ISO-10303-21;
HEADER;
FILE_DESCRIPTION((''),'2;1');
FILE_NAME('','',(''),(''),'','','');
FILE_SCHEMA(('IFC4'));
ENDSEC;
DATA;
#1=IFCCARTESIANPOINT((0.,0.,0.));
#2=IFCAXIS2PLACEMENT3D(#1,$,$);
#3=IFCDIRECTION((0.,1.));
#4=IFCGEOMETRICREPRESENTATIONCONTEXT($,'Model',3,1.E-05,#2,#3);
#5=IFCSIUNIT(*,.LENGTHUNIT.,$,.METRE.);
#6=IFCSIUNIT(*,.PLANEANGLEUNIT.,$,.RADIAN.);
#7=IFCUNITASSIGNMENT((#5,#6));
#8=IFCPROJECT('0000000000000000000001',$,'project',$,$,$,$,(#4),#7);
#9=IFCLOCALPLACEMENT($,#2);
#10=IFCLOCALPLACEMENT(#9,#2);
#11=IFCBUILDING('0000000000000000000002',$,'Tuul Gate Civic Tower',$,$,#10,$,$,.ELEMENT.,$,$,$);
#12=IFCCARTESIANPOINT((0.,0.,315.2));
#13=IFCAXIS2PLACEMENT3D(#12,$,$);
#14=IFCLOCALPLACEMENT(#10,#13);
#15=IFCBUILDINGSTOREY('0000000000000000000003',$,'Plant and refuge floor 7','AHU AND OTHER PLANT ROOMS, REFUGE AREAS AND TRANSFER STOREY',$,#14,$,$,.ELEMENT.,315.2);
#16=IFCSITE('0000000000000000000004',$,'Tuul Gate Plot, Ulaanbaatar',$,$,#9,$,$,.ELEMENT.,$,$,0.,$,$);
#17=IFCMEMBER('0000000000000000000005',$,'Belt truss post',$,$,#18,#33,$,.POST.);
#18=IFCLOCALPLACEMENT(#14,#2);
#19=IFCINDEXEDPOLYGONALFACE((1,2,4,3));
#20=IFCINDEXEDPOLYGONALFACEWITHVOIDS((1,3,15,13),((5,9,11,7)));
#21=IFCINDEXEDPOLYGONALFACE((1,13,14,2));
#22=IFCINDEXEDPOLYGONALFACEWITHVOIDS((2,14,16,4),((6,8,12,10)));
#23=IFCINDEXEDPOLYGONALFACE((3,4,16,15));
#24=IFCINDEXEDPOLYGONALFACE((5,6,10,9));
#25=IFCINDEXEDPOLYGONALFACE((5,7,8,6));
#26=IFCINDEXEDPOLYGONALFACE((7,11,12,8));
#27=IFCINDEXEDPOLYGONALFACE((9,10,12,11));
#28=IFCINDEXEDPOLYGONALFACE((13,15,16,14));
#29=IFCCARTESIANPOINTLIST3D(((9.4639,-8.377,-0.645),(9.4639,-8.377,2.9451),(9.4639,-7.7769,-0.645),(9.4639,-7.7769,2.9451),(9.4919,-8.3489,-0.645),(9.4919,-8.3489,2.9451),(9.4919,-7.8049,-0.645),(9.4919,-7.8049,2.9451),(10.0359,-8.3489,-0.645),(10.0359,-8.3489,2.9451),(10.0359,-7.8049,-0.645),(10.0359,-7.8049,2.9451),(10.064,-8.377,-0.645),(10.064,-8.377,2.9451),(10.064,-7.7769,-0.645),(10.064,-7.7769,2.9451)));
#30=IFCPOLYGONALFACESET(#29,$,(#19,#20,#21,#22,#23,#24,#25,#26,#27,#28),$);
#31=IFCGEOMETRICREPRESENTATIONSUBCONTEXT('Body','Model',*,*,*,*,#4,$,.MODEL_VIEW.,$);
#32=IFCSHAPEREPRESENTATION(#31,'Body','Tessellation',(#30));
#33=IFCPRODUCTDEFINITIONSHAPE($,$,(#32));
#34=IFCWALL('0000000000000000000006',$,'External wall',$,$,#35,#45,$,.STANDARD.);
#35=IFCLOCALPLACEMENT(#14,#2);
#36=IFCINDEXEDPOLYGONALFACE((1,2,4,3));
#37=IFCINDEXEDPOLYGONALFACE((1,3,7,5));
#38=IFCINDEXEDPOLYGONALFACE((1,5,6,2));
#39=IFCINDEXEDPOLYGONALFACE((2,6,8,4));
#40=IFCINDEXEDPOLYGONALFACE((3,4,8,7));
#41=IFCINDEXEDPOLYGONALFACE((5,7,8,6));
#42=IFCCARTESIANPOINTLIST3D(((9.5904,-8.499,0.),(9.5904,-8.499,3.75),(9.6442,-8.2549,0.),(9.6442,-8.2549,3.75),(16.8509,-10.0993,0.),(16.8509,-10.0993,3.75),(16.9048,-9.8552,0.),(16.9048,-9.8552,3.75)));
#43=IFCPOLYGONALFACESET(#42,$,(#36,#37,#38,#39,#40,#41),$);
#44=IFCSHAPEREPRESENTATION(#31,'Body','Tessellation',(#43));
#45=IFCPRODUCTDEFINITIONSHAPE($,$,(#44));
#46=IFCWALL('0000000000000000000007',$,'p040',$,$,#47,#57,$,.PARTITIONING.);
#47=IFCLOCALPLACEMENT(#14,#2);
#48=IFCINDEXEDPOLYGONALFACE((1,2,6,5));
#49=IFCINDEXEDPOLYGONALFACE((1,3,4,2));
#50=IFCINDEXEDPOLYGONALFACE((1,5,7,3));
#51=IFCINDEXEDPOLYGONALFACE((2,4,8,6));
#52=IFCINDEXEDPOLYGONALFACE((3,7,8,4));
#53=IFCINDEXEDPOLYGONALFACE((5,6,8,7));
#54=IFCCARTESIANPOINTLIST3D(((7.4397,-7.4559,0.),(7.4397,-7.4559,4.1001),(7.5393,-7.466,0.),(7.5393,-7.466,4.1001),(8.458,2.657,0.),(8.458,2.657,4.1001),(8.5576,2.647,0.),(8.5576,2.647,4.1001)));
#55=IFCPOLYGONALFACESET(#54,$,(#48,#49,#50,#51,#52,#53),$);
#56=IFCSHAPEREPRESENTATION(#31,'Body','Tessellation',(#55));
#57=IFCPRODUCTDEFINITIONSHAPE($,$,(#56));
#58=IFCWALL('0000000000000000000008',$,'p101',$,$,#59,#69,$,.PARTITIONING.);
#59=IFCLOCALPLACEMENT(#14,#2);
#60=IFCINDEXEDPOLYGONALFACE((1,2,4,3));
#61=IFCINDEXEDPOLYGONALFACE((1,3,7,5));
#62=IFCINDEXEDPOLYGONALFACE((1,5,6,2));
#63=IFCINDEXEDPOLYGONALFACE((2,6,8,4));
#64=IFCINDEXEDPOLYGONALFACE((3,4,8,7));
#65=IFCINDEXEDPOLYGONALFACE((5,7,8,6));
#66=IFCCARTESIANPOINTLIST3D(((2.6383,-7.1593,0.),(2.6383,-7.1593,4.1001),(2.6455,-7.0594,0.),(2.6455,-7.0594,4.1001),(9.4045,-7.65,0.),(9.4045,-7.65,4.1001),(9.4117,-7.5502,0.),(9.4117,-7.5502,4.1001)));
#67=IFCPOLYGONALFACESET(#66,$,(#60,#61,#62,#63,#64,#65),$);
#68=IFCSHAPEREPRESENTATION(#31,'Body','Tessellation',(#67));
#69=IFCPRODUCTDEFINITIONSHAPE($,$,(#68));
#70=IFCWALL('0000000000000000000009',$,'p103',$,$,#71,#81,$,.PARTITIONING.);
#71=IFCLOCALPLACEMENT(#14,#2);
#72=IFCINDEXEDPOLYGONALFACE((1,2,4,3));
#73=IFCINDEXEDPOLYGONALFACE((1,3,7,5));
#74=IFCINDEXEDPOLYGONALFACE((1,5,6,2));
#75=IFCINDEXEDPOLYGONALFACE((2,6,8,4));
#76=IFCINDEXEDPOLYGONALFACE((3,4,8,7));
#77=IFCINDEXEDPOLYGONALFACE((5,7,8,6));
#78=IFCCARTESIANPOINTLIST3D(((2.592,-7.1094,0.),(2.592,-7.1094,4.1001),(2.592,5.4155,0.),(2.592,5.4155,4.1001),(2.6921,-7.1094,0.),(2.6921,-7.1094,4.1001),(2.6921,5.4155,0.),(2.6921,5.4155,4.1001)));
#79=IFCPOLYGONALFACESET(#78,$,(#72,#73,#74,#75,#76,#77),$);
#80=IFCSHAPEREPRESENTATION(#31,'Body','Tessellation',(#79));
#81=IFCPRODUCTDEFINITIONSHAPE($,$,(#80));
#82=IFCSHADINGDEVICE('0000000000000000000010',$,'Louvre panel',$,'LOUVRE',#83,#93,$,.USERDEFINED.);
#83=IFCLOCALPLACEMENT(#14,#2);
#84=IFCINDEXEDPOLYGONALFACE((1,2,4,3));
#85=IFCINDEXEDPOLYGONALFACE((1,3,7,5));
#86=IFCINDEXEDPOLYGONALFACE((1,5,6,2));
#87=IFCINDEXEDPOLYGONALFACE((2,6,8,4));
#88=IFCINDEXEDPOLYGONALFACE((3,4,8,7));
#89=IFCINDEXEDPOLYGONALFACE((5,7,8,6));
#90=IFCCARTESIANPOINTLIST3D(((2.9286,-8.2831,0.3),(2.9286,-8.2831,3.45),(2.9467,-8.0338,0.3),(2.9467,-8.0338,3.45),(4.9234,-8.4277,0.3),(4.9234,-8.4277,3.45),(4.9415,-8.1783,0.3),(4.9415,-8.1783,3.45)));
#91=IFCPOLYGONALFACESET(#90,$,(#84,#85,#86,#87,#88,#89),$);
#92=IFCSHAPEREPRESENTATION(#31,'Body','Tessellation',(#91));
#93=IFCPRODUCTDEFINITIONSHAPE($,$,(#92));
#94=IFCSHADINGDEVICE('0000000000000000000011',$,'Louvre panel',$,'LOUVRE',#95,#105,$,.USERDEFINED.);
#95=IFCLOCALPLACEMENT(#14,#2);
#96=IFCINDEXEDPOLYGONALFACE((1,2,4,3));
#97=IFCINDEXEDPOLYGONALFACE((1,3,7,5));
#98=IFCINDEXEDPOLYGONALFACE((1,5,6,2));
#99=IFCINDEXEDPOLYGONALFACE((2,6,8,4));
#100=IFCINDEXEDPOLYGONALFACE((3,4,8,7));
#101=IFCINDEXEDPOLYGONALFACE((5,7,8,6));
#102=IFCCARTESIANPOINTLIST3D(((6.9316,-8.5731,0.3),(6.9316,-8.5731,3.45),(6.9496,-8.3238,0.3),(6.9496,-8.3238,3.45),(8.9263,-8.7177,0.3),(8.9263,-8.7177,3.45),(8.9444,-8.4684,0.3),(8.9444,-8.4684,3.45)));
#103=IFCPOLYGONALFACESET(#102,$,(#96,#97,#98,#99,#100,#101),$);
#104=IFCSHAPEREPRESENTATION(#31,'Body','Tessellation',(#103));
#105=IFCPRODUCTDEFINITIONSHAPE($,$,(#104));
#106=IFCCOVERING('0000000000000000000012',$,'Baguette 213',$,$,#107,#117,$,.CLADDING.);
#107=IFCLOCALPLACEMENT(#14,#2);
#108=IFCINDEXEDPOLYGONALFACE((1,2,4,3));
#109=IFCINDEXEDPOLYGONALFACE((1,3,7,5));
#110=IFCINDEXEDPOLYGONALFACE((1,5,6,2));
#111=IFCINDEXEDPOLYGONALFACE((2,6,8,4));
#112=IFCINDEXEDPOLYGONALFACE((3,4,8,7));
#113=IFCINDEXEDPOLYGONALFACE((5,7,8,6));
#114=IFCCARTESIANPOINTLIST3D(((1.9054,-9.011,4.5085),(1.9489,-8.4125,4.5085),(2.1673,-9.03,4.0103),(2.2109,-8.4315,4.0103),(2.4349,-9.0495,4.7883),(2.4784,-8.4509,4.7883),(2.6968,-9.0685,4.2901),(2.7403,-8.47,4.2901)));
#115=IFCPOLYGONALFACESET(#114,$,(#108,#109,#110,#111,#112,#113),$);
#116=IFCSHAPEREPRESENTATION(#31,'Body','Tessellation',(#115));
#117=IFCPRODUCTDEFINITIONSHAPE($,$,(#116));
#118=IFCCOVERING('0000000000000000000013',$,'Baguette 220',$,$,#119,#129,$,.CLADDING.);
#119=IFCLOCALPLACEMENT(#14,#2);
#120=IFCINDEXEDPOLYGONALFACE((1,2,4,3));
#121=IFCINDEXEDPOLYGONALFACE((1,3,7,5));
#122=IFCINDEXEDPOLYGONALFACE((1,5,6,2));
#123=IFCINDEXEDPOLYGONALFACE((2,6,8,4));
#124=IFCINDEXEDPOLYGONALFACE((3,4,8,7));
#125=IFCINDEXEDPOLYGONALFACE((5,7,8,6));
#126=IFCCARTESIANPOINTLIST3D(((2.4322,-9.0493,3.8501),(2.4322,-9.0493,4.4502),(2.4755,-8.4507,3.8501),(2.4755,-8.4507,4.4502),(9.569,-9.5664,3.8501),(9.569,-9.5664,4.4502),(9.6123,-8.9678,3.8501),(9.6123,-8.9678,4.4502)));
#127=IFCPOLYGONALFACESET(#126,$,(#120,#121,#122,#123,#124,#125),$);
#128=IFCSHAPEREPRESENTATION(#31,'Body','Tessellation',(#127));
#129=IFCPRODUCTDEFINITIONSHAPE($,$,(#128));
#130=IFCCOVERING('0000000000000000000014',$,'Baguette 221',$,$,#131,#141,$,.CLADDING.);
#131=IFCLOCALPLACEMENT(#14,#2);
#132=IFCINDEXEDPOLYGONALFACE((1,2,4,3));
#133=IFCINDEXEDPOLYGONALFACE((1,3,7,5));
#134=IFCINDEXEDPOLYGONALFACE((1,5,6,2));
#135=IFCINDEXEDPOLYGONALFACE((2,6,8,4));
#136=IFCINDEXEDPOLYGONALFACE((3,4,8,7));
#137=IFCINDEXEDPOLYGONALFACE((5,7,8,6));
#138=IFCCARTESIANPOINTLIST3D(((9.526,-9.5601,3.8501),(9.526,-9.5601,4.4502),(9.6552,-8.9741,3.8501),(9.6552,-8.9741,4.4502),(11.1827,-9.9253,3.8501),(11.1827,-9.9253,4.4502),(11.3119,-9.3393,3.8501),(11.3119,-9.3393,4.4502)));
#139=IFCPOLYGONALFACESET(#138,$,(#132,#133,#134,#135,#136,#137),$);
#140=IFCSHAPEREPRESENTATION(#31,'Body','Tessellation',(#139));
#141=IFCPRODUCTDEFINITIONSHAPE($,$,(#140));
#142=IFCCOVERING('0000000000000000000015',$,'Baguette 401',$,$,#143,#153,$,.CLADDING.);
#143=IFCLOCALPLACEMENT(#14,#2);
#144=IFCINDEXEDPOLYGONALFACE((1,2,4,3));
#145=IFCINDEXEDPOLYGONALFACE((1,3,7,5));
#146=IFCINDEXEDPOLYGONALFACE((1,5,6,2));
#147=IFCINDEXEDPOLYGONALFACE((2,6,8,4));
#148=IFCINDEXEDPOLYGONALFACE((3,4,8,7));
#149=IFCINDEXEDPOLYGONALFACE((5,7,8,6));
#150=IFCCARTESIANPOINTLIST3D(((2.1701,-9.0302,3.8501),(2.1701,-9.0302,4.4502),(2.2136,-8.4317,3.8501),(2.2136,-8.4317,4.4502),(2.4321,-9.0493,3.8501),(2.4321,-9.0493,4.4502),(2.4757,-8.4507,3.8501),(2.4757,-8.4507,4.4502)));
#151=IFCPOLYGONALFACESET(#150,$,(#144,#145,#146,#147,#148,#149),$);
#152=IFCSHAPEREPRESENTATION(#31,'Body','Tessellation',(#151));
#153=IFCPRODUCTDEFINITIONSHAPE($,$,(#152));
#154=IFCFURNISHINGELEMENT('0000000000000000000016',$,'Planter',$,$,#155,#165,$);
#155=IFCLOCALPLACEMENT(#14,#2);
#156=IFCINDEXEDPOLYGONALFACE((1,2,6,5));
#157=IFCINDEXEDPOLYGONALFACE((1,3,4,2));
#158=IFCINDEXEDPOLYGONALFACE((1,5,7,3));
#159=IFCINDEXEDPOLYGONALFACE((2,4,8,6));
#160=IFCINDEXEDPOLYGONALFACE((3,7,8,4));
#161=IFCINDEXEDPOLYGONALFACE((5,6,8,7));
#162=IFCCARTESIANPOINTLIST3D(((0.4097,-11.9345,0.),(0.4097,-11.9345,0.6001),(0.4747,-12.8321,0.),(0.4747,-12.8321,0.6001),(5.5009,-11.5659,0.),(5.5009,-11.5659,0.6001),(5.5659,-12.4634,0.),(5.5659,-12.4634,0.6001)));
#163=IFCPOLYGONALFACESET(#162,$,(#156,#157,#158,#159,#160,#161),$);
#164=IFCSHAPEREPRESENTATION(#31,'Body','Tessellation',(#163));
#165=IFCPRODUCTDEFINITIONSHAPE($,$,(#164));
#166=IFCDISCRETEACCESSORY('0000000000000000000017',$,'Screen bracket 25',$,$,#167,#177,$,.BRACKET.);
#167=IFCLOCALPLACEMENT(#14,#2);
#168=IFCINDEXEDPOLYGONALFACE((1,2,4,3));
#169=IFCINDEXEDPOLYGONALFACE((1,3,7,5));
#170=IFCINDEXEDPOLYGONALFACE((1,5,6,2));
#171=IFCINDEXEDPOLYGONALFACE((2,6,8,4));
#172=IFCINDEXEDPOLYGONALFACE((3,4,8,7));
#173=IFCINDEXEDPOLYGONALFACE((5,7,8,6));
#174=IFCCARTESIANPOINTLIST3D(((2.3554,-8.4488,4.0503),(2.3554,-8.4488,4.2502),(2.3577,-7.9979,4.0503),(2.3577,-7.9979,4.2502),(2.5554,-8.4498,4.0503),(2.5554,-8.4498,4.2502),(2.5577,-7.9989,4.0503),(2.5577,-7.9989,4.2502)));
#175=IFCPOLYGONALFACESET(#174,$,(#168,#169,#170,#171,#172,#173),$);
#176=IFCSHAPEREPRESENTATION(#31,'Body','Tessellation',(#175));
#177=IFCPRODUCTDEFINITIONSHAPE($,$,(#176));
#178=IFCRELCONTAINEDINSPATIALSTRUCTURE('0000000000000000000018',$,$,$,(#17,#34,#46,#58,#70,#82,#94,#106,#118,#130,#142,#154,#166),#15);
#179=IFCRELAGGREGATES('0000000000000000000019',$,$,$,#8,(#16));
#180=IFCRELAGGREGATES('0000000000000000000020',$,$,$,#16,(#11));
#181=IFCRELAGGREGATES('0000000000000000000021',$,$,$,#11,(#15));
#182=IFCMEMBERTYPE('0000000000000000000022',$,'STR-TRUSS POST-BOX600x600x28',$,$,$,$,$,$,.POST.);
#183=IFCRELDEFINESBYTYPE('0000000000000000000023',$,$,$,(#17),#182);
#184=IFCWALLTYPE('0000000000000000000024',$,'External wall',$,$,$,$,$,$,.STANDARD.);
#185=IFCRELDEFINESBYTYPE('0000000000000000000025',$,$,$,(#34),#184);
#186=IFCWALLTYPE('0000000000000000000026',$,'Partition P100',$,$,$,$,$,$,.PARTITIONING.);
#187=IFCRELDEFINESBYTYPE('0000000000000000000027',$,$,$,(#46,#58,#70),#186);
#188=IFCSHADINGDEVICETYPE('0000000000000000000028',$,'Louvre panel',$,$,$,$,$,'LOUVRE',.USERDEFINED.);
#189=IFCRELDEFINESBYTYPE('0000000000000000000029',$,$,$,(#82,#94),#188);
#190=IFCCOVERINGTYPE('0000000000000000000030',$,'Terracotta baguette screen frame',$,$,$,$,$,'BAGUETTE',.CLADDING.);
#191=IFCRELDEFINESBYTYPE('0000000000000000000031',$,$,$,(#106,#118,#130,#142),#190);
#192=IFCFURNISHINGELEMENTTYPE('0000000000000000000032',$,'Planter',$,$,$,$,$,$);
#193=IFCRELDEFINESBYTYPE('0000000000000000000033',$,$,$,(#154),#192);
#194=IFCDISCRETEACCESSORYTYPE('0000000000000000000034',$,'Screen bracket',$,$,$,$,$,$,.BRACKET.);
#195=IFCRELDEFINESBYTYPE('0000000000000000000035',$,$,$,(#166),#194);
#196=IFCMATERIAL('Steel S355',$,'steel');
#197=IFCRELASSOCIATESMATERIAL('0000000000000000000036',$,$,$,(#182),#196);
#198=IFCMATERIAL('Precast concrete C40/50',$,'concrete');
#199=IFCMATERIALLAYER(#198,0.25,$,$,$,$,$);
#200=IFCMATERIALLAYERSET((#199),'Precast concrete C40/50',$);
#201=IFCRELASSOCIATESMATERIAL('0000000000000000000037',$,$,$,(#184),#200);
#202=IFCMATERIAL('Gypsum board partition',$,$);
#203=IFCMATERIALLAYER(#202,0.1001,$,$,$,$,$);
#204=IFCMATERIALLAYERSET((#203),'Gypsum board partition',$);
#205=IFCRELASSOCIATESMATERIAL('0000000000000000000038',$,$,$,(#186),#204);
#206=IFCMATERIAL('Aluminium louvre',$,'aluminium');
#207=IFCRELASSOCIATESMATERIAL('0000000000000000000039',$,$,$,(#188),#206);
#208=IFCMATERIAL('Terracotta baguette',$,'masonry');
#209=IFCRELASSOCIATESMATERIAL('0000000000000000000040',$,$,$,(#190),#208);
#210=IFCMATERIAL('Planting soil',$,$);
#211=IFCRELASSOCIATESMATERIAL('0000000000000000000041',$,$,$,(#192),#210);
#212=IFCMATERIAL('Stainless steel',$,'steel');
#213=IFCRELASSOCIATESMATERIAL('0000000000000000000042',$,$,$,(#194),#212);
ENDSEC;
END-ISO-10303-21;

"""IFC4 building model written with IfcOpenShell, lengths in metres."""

from ifc_helpers import new_model, si_unit, direction, frame, frame_2d, origin, origin_2d, place, context, subcontext, project, spatial, rectangle, hollow_rectangle, extrude, material, layer, layer_set, material_profile, profile_set, type_object, element, save


model = new_model("IFC4")

# Units and contexts
model_context = context("Model", 3, precision=1e-05, world=origin(), true_north=direction((0.0, 1.0)))
body_context = subcontext(model_context, "Body", "Model", "MODEL_VIEW")
ifc_project = project(units=[si_unit("LENGTHUNIT", "METRE"), si_unit("PLANEANGLEUNIT", "RADIAN")], contexts=[model_context])

# Site, building, storey
site_placement = place(None, origin())
site = spatial("IfcSite", under=ifc_project, at=site_placement, Name="Tuul Gate Plot, Ulaanbaatar", CompositionType="ELEMENT", RefElevation=0.0)
building_placement = place(site_placement, origin())
building = spatial("IfcBuilding", under=site, at=building_placement, Name="Tuul Gate Civic Tower", CompositionType="ELEMENT")
storey_placement = place(building_placement, frame((0.0, 0.0, 315.2)))
storey = spatial("IfcBuildingStorey", under=building, at=storey_placement, Name="Plant and refuge floor 7", Description="AHU AND OTHER PLANT ROOMS, REFUGE AREAS AND TRANSFER STOREY", CompositionType="ELEMENT", Elevation=315.2)

# Member
ifc_material_1 = material(Name="Steel S355", Category="steel")
ifc_material_profile_1 = material_profile(ifc_material_1, hollow_rectangle(XDim=0.6001, YDim=0.6001, WallThickness=0.0281, at=origin_2d()), Name="BOX600x600x28")
ifc_profile_set_1 = profile_set([ifc_material_profile_1], Name="Steel S355")
member_type_1 = type_object("IfcMemberType", Name="STR-TRUSS POST-BOX600x600x28", PredefinedType="POST", material=ifc_profile_set_1)
for number, where, z_axis, x_axis, name in (
    (1, (9.7639, -8.0769, -0.645), (0.0, 0.0, 1.0), (1.0, 0.0, 0.0), "Belt truss post"),
):
    element("IfcMember", number, at=place(storey_placement, frame(where, z_axis=z_axis, x_axis=x_axis)), inside=storey, type_object=member_type_1, Name=name, PredefinedType="POST", context=body_context, shape_type="SweptSolid", body=[
        extrude(hollow_rectangle(XDim=0.6001, YDim=0.6001, WallThickness=0.0281, at=origin_2d()), origin(), (0.0, 0.0, 1.0), 3.5901),
    ])

# Shared definitions
ifc_material_2 = material(Name="Precast concrete C40/50", Category="concrete")
ifc_layer_1 = layer(ifc_material_2, 0.25)
ifc_layer_set_1 = layer_set([ifc_layer_1], Name="Precast concrete C40/50")
wall_type_1 = type_object("IfcWallType", Name="External wall", PredefinedType="STANDARD", material=ifc_layer_set_1)

# Walls
wall_1_placement = place(storey_placement, frame((9.6174, -8.377, 0.0), z_axis=(0.0, 0.0, 1.0), x_axis=(0.976559, -0.215251, 0.0)))
element("IfcWall", 2, at=wall_1_placement, inside=storey, type_object=wall_type_1, Name="External wall", PredefinedType="STANDARD", context=body_context, shape_type="SweptSolid", body=[
    extrude(rectangle(XDim=7.4348, YDim=0.25, at=frame_2d((3.7173, 0.0))), origin(), (0.0, 0.0, 1.0), 3.75),
])
ifc_material_3 = material(Name="Gypsum board partition")
ifc_layer_2 = layer(ifc_material_3, 0.1001)
ifc_layer_set_2 = layer_set([ifc_layer_2], Name="Gypsum board partition")
wall_type_2 = type_object("IfcWallType", Name="Partition P100", PredefinedType="PARTITIONING", material=ifc_layer_set_2)
wall_2_placement = place(storey_placement, frame((7.4895, -7.4609, 0.0), z_axis=(0.0, 0.0, 1.0), x_axis=(0.100186, 0.994969, 0.0)))
element("IfcWall", 3, at=wall_2_placement, inside=storey, type_object=wall_type_2, Name="p040", PredefinedType="PARTITIONING", context=body_context, shape_type="SweptSolid", body=[
    extrude(rectangle(XDim=10.1641, YDim=0.1001, at=frame_2d((5.082, 0.0))), origin(), (0.0, 0.0, 1.0), 4.1001),
])
wall_3_placement = place(storey_placement, frame((9.4082, -7.6001, 0.0), z_axis=(0.0, 0.0, 1.0), x_axis=(-0.99738, 0.072337, 0.0)))
element("IfcWall", 4, at=wall_3_placement, inside=storey, type_object=wall_type_2, Name="p101", PredefinedType="PARTITIONING", context=body_context, shape_type="SweptSolid", body=[
    extrude(rectangle(XDim=6.7839, YDim=0.1001, at=frame_2d((3.3921, 0.0))), origin(), (0.0, 0.0, 1.0), 4.1001),
])
wall_4_placement = place(storey_placement, frame((2.6421, -7.1094, 0.0), z_axis=(0.0, 0.0, 1.0), x_axis=(0.0, 1.0, 0.0)))
element("IfcWall", 5, at=wall_4_placement, inside=storey, type_object=wall_type_2, Name="p103", PredefinedType="PARTITIONING", context=body_context, shape_type="SweptSolid", body=[
    extrude(rectangle(XDim=12.5249, YDim=0.1001, at=frame_2d((6.2625, 0.0))), origin(), (0.0, 0.0, 1.0), 4.1001),
])

# Shading devices
ifc_material_4 = material(Name="Aluminium louvre", Category="aluminium")
shading_device_type = type_object("IfcShadingDeviceType", Name="Louvre panel", ElementType="LOUVRE", PredefinedType="USERDEFINED", material=ifc_material_4)
for number, where, z_axis, x_axis, name in (
    (6, (3.9351, -8.2307, 0.3), (0.0, 0.0, 1.0), (-0.072276, -0.997385, 0.0), "Louvre panel"),
    (7, (7.938, -8.5208, 0.3), (0.0, 0.0, 1.0), (-0.072276, -0.997385, 0.0), "Louvre panel"),
):
    element("IfcShadingDevice", number, at=place(storey_placement, frame(where, z_axis=z_axis, x_axis=x_axis)), inside=storey, type_object=shading_device_type, Name=name, ObjectType="LOUVRE", PredefinedType="USERDEFINED", context=body_context, shape_type="SweptSolid", body=[
        extrude(rectangle(XDim=0.25, YDim=2.0, at=origin_2d()), origin(), (0.0, 0.0, 1.0), 3.1499),
    ])

# Coverings
ifc_material_5 = material(Name="Terracotta baguette", Category="masonry")
ifc_material_profile_2 = material_profile(ifc_material_5, rectangle(XDim=0.6001, YDim=0.6001, at=origin_2d()), Name="Terracotta baguette screen frame")
ifc_profile_set_2 = profile_set([ifc_material_profile_2], Name="Terracotta baguette")
covering_type = type_object("IfcCoveringType", Name="Terracotta baguette screen frame", ElementType="BAGUETTE", PredefinedType="CLADDING", material=ifc_profile_set_2)
covering_1_placement = place(storey_placement, frame((2.1919, -8.731, 4.6484), z_axis=(0.465069, -0.033807, -0.884629), x_axis=(0.072502, 0.997368, 0.0)))
element("IfcCovering", 8, at=covering_1_placement, inside=storey, type_object=covering_type, Name="Baguette 213", PredefinedType="CLADDING", context=body_context, shape_type="SweptSolid", body=[
    extrude(rectangle(XDim=0.6001, YDim=0.6001, at=origin_2d()), origin(), (0.0, 0.0, 1.0), 0.5632),
])
covering_2_placement = place(storey_placement, frame((2.4539, -8.75, 4.1501), z_axis=(0.997385, -0.072265, 0.0), x_axis=(0.072265, 0.997385, 0.0)))
element("IfcCovering", 9, at=covering_2_placement, inside=storey, type_object=covering_type, Name="Baguette 220", PredefinedType="CLADDING", context=body_context, shape_type="SweptSolid", body=[
    extrude(rectangle(XDim=0.6001, YDim=0.6001, at=origin_2d()), origin(), (0.0, 0.0, 1.0), 7.1555),
])
covering_3_placement = place(storey_placement, frame((9.5906, -9.2671, 4.1501), z_axis=(0.976551, -0.215285, 0.0), x_axis=(0.215285, 0.976551, 0.0)))
element("IfcCovering", 10, at=covering_3_placement, inside=storey, type_object=covering_type, Name="Baguette 221", PredefinedType="CLADDING", context=body_context, shape_type="SweptSolid", body=[
    extrude(rectangle(XDim=0.6001, YDim=0.6001, at=origin_2d()), origin(), (0.0, 0.0, 1.0), 1.6965),
])
covering_4_placement = place(storey_placement, frame((2.1919, -8.731, 4.1501), z_axis=(0.997368, -0.072502, 0.0), x_axis=(0.072502, 0.997368, 0.0)))
element("IfcCovering", 11, at=covering_4_placement, inside=storey, type_object=covering_type, Name="Baguette 401", PredefinedType="CLADDING", context=body_context, shape_type="SweptSolid", body=[
    extrude(rectangle(XDim=0.6001, YDim=0.6001, at=origin_2d()), origin(), (0.0, 0.0, 1.0), 0.2627),
])

# Furnishing element
ifc_material_6 = material(Name="Planting soil")
furnishing_element_type = type_object("IfcFurnishingElementType", Name="Planter", material=ifc_material_6)
furnishing_placement = place(storey_placement, frame((2.9878, -12.199, 0.0), z_axis=(0.0, 0.0, 1.0), x_axis=(0.997389, 0.072222, 0.0)))
element("IfcFurnishingElement", 12, at=furnishing_placement, inside=storey, type_object=furnishing_element_type, Name="Planter", context=body_context, shape_type="SweptSolid", body=[
    extrude(rectangle(XDim=5.1045, YDim=0.8999, at=origin_2d()), origin(), (0.0, 0.0, 1.0), 0.6001),
])

# Discrete accessory
ifc_material_7 = material(Name="Stainless steel", Category="steel")
discrete_accessory_type = type_object("IfcDiscreteAccessoryType", Name="Screen bracket", PredefinedType="BRACKET", material=ifc_material_7)
discrete_accessory_placement = place(storey_placement, frame((2.4565, -8.2239, 4.0503), z_axis=(0.0, 0.0, 1.0), x_axis=(-0.005105, -0.999987, 0.0)))
element("IfcDiscreteAccessory", 13, at=discrete_accessory_placement, inside=storey, type_object=discrete_accessory_type, Name="Screen bracket 25", PredefinedType="BRACKET", context=body_context, shape_type="SweptSolid", body=[
    extrude(rectangle(XDim=0.4509, YDim=0.2, at=origin_2d()), origin(), (0.0, 0.0, 1.0), 0.2),
])

save(model, "model.ifc")
